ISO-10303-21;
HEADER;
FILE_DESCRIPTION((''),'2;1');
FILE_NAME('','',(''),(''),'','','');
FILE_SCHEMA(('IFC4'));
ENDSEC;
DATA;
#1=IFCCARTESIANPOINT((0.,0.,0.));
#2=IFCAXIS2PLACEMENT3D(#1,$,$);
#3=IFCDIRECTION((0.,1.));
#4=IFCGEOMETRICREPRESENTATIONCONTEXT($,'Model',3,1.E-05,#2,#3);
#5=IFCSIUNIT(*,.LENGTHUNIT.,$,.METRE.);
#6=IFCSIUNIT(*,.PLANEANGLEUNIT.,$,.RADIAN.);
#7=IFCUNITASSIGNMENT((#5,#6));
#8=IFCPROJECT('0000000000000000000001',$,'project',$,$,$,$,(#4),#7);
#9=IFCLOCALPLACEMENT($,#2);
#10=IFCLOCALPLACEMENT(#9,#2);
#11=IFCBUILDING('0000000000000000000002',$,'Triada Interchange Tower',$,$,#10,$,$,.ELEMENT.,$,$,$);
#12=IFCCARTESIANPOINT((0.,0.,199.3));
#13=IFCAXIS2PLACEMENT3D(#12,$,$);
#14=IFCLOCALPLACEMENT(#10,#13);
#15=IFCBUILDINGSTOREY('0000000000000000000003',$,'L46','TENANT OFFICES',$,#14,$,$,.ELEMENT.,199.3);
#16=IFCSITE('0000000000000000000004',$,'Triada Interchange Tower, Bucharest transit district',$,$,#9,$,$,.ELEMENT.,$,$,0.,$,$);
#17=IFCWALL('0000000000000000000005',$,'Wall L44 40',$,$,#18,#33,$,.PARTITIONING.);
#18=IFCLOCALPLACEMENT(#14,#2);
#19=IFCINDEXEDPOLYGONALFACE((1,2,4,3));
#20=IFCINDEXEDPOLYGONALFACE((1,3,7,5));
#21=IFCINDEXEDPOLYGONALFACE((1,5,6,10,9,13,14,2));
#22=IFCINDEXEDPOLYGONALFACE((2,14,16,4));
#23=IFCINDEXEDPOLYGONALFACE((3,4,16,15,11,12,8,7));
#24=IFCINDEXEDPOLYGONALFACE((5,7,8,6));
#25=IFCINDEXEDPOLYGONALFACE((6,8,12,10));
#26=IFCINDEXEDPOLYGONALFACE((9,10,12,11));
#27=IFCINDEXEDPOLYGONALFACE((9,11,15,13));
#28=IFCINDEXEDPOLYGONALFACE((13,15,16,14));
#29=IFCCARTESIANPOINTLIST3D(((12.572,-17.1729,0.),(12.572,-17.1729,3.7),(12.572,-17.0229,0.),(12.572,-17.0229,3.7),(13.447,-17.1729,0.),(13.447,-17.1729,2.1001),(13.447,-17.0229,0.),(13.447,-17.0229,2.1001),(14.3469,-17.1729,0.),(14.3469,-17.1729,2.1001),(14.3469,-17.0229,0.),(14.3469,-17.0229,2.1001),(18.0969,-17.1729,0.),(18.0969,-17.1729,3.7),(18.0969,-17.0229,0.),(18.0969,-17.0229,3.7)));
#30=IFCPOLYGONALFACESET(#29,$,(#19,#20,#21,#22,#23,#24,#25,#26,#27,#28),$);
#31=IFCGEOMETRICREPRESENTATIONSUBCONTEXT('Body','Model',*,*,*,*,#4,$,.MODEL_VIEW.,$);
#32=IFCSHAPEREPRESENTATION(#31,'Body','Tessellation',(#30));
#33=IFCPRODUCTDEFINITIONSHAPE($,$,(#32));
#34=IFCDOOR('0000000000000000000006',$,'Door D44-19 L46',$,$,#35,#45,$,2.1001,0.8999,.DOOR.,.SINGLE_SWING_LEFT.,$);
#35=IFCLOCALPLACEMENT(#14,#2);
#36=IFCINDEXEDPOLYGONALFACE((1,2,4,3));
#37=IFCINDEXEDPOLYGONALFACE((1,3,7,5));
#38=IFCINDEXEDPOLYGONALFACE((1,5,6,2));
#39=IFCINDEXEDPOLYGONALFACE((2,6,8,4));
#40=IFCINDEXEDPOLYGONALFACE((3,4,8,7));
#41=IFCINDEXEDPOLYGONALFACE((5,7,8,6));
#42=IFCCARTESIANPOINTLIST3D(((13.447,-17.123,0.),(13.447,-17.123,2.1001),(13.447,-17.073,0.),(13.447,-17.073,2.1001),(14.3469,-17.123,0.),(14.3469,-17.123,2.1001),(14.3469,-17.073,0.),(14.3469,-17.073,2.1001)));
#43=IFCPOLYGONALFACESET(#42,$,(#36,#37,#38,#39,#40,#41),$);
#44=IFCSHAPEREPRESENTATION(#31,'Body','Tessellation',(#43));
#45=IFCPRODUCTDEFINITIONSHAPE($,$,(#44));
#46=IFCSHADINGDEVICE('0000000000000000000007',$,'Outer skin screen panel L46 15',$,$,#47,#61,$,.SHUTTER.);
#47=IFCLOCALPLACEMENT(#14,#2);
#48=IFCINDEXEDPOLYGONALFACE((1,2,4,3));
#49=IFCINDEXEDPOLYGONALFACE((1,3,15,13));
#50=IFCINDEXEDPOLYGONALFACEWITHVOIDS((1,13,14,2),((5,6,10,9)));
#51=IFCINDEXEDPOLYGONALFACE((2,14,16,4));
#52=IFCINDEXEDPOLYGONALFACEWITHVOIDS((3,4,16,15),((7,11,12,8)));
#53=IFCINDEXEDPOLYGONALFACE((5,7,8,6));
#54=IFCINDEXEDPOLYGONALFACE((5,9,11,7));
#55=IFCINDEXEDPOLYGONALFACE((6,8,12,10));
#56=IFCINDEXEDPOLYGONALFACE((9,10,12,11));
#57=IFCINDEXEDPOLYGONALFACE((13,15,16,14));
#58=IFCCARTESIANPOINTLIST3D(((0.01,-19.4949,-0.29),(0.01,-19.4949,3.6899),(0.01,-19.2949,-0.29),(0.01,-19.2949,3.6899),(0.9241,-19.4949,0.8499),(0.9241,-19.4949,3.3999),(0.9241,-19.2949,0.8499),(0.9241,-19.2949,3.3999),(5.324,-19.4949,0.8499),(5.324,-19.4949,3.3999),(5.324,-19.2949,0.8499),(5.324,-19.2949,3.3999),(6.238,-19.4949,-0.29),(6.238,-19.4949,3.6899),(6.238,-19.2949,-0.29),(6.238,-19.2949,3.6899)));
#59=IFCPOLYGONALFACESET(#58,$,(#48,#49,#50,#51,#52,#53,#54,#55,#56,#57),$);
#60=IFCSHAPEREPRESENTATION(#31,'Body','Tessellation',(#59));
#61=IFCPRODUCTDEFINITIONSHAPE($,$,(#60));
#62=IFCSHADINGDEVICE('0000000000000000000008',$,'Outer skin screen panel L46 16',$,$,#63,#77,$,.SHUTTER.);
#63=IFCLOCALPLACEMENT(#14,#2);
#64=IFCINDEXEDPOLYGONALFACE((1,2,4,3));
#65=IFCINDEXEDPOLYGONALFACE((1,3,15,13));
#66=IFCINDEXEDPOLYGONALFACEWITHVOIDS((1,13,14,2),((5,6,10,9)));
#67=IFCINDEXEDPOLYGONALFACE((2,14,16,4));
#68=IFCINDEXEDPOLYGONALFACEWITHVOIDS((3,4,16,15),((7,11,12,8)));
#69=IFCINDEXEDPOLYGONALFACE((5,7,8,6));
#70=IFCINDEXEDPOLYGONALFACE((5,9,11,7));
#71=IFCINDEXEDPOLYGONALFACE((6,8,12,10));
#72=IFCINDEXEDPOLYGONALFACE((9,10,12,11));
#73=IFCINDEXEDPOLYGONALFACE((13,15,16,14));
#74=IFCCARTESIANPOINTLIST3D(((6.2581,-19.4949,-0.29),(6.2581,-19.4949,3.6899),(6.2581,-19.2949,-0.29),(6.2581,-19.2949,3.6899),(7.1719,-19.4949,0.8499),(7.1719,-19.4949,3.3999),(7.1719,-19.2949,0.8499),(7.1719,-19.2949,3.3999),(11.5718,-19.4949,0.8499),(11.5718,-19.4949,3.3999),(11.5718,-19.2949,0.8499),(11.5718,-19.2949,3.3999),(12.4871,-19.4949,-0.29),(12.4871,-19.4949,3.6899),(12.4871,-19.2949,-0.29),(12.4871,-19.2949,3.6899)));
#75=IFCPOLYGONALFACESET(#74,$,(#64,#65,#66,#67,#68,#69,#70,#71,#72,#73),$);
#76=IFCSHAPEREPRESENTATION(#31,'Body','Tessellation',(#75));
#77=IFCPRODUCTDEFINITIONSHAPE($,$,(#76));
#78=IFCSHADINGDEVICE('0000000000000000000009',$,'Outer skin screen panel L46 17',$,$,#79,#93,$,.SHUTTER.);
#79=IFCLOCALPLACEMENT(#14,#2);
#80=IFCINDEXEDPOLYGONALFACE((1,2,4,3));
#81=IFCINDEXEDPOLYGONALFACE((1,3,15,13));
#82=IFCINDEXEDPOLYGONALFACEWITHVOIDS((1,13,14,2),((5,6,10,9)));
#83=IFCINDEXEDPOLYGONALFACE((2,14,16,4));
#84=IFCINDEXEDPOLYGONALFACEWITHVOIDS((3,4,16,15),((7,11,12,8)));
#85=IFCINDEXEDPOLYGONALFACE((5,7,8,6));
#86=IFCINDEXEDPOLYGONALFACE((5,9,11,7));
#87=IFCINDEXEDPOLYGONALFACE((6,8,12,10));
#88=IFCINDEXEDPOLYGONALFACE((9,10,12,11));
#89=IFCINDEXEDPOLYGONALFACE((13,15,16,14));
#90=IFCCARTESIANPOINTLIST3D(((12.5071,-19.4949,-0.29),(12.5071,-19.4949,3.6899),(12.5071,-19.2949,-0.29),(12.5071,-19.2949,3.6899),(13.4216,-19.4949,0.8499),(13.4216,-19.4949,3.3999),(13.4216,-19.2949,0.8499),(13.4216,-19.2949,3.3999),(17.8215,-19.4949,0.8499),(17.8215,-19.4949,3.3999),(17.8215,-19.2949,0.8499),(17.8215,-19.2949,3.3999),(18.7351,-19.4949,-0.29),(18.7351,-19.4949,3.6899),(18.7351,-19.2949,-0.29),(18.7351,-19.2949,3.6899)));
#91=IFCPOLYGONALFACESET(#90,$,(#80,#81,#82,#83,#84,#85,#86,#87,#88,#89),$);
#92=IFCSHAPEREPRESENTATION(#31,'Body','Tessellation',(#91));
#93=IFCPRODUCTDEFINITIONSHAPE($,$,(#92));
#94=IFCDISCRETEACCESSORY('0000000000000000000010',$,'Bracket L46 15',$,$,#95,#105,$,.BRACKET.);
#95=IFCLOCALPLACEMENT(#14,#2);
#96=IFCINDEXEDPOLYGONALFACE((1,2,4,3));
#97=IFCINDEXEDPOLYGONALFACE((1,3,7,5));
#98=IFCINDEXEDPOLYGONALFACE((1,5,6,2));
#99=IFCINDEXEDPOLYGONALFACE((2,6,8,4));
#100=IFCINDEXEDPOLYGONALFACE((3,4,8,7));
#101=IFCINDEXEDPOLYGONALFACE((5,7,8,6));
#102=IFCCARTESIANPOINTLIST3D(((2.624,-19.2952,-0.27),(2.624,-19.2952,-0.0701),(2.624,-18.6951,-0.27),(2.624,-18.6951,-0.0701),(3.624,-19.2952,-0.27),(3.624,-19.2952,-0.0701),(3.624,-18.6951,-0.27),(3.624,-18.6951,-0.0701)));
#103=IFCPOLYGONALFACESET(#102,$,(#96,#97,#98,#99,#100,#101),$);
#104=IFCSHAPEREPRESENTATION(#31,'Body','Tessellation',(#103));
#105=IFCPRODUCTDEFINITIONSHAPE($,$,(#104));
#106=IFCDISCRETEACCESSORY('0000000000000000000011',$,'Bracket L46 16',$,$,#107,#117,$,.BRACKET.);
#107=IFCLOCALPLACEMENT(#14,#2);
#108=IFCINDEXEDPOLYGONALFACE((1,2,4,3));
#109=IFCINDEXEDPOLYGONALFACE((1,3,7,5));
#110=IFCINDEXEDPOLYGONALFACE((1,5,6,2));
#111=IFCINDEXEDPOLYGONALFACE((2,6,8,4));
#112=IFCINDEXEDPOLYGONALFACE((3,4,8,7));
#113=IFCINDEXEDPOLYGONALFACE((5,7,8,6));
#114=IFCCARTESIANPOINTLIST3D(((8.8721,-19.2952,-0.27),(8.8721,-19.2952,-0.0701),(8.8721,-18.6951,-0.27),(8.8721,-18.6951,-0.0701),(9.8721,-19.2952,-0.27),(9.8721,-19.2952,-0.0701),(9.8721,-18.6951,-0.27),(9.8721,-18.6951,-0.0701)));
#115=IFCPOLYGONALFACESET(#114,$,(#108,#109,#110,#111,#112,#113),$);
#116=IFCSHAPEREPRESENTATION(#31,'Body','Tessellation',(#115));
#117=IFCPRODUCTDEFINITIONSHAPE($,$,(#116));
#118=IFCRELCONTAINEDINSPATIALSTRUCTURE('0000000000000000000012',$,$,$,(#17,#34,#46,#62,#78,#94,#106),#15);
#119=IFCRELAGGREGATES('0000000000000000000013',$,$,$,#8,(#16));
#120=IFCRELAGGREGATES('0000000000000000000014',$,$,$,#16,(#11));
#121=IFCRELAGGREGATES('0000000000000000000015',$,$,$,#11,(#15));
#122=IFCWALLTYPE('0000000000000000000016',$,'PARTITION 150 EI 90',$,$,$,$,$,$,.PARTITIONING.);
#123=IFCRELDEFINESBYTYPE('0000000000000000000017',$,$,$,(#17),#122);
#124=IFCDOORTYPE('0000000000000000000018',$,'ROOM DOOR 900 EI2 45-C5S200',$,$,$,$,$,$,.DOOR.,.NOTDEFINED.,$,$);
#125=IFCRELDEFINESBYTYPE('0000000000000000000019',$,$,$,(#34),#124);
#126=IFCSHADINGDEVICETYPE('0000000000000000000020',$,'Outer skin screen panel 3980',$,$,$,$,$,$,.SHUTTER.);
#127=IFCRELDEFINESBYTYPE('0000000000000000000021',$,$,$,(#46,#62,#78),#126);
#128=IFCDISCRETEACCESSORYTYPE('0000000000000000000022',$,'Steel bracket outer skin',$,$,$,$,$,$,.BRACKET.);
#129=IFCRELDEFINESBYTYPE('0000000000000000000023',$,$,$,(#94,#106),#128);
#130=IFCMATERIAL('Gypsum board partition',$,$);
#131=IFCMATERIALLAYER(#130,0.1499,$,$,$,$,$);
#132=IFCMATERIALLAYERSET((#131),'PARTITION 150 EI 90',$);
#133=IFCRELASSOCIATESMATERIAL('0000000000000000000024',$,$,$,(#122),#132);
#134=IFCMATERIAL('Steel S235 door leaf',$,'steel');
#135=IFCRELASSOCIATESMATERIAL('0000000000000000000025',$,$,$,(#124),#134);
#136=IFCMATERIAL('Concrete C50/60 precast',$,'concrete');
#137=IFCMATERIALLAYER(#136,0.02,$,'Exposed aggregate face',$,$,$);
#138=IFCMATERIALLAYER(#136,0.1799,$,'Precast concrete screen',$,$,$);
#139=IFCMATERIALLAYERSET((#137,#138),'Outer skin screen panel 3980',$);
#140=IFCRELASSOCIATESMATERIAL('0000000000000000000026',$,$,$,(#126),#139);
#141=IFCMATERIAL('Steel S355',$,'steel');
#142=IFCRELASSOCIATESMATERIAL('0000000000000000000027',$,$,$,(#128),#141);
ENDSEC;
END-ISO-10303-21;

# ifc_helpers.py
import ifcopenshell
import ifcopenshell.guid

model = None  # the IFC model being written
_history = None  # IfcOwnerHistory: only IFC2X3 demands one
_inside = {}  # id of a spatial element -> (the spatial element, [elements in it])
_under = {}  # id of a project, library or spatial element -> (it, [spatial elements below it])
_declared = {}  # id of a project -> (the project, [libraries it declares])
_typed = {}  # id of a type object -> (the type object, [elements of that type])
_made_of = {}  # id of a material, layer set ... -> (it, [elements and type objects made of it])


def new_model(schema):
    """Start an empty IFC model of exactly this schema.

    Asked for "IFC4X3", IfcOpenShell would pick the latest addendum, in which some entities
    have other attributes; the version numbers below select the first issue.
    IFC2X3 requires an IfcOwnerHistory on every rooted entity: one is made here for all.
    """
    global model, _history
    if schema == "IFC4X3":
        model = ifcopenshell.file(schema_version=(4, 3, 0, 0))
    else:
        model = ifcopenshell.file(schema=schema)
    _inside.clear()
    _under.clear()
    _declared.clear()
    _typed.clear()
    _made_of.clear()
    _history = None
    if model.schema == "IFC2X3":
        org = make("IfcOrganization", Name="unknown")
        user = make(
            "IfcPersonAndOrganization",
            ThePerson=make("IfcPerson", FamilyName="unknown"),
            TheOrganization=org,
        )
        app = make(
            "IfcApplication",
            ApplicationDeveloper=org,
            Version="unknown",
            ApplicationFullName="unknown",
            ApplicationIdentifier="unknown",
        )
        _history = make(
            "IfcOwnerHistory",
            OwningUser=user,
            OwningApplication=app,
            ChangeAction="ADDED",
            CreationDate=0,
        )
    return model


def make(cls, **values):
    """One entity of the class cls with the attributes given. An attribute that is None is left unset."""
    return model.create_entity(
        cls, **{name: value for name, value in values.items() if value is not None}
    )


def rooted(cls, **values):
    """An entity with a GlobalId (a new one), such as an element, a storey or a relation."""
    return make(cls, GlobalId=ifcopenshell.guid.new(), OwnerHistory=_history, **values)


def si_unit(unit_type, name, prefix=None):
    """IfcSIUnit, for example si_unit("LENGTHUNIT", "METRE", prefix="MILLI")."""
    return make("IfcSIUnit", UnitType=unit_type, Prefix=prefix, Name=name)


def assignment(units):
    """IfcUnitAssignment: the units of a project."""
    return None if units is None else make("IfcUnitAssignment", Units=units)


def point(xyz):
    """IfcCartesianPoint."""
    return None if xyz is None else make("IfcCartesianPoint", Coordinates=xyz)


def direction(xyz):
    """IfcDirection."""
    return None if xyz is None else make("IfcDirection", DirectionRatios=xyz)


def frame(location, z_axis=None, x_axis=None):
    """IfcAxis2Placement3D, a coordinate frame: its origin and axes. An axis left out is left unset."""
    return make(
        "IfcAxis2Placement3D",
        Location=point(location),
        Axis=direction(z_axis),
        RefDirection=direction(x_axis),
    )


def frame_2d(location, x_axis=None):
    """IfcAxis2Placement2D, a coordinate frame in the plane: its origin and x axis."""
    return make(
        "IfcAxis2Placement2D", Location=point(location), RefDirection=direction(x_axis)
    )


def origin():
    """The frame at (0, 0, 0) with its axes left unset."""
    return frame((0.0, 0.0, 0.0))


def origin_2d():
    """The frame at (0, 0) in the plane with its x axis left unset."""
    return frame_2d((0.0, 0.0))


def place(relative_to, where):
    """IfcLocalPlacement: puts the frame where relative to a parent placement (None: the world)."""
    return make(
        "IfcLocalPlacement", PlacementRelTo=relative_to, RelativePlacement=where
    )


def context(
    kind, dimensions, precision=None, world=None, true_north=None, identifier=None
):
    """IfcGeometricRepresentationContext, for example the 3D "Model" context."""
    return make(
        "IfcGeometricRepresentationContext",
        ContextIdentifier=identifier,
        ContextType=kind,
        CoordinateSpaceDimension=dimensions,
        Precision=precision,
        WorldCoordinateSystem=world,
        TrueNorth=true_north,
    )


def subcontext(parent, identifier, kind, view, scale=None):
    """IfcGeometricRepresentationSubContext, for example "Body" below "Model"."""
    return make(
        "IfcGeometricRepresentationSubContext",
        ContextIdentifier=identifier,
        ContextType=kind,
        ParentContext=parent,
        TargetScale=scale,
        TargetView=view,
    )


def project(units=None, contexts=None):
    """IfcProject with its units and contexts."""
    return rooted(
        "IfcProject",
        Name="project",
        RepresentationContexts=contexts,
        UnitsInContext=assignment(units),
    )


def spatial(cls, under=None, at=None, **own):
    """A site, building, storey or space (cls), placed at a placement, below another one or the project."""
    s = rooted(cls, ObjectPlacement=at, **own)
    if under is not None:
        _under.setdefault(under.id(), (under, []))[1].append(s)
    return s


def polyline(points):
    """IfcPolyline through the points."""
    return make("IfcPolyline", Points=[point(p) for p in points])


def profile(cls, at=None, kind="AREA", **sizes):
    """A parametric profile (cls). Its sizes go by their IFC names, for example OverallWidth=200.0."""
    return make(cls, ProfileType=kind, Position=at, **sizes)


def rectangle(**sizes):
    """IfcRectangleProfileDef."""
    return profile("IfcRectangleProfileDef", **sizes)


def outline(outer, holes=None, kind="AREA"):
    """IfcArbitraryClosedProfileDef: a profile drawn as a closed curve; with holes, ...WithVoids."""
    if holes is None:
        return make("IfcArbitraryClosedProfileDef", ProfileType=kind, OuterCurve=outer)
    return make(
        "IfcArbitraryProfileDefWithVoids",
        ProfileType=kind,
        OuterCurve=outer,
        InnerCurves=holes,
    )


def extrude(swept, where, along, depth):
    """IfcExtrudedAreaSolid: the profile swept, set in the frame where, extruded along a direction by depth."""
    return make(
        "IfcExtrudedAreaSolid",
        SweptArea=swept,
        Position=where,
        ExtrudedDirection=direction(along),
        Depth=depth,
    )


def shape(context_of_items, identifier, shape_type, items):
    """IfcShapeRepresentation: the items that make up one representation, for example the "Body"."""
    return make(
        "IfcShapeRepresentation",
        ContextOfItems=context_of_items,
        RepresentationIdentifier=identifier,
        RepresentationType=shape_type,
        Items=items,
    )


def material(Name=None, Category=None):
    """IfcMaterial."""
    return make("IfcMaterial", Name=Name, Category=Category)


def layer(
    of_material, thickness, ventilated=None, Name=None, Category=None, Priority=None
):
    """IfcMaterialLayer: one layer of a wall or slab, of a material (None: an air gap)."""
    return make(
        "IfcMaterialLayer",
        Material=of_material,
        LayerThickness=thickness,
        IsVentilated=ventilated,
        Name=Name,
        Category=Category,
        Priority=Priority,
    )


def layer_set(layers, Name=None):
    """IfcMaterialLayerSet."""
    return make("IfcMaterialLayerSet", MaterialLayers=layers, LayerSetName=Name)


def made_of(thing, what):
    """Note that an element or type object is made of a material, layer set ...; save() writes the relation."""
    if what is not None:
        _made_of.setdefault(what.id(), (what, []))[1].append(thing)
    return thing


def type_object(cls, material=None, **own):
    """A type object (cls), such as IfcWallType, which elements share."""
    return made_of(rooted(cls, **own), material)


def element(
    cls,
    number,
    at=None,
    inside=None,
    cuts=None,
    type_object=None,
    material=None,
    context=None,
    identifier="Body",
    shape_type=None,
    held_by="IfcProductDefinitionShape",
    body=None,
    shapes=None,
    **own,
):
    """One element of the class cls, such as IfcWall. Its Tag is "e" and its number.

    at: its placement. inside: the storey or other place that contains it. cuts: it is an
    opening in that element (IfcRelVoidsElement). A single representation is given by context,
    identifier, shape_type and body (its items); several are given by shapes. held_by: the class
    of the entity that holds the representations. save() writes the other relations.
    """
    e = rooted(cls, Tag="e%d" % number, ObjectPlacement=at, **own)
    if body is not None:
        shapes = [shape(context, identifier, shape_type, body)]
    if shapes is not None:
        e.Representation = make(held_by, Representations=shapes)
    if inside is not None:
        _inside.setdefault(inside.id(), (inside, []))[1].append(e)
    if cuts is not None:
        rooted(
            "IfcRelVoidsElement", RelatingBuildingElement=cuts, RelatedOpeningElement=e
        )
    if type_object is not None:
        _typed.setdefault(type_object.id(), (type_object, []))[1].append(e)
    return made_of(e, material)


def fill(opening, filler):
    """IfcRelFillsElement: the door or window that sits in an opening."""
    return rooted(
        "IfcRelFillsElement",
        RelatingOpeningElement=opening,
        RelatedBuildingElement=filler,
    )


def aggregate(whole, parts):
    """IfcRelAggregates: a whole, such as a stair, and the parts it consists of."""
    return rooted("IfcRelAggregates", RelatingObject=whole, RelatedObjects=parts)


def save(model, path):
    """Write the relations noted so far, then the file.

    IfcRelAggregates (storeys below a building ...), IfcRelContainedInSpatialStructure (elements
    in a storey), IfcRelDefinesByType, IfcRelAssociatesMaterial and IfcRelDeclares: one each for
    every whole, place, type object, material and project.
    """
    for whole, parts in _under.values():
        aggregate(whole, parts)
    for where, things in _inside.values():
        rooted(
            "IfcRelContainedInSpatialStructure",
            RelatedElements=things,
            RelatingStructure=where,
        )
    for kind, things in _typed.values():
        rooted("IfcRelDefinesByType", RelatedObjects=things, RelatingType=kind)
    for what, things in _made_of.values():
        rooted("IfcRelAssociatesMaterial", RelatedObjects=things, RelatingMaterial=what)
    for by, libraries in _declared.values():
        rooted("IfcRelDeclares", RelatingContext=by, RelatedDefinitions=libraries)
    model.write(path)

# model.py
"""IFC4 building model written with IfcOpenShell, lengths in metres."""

from ifc_helpers import new_model, si_unit, direction, frame, frame_2d, origin, origin_2d, place, context, subcontext, project, spatial, polyline, rectangle, outline, extrude, material, layer, layer_set, type_object, element, fill, save


model = new_model("IFC4")

# Units and contexts
model_context = context("Model", 3, precision=1e-05, world=origin(), true_north=direction((0.0, 1.0)))
body_context = subcontext(model_context, "Body", "Model", "MODEL_VIEW")
ifc_project = project(units=[si_unit("LENGTHUNIT", "METRE"), si_unit("PLANEANGLEUNIT", "RADIAN")], contexts=[model_context])

# Site, building, storey
site_placement = place(None, origin())
site = spatial("IfcSite", under=ifc_project, at=site_placement, Name="Triada Interchange Tower, Bucharest transit district", CompositionType="ELEMENT", RefElevation=0.0)
building_placement = place(site_placement, origin())
building = spatial("IfcBuilding", under=site, at=building_placement, Name="Triada Interchange Tower", CompositionType="ELEMENT")
storey_placement = place(building_placement, frame((0.0, 0.0, 199.3)))
storey = spatial("IfcBuildingStorey", under=building, at=storey_placement, Name="L46", Description="TENANT OFFICES", CompositionType="ELEMENT", Elevation=199.3)

# Shared definitions
ifc_material_1 = material(Name="Gypsum board partition")

# Wall, opening, door
ifc_layer_1 = layer(ifc_material_1, 0.1499)
ifc_layer_set_1 = layer_set([ifc_layer_1], Name="PARTITION 150 EI 90")
wall_type_1 = type_object("IfcWallType", Name="PARTITION 150 EI 90", PredefinedType="PARTITIONING", material=ifc_layer_set_1)
ifc_material_2 = material(Name="Steel S235 door leaf", Category="steel")
wall_1_placement = place(storey_placement, frame((12.572, -17.0979, 0.0), z_axis=(0.0, 0.0, 1.0), x_axis=(1.0, 0.0, 0.0)))
wall_1 = element("IfcWall", 1, at=wall_1_placement, inside=storey, type_object=wall_type_1, Name="Wall L44 40", PredefinedType="PARTITIONING", context=body_context, shape_type="SweptSolid", body=[
    extrude(rectangle(XDim=5.5249, YDim=0.1499, at=frame_2d((2.7625, 0.0))), origin(), (0.0, 0.0, 1.0), 3.7),
])
opening_1_placement = place(wall_1_placement, frame((0.875, 0.0, 0.0)))
opening_1 = element("IfcOpeningElement", 2, at=opening_1_placement, cuts=wall_1, PredefinedType="OPENING", context=body_context, shape_type="SweptSolid", body=[
    extrude(rectangle(XDim=0.8999, YDim=2.1001, at=frame_2d((0.45, 1.05))), frame((0.0, 0.085, 0.0), z_axis=(0.0, -1.0, 0.0), x_axis=(1.0, 0.0, 0.0)), (0.0, 0.0, 1.0), 0.1699),
])
door_type_1 = type_object("IfcDoorType", Name="ROOM DOOR 900 EI2 45-C5S200", OperationType="NOTDEFINED", PredefinedType="DOOR", material=ifc_material_2)
door_1_placement = place(opening_1_placement, origin())
door_1 = element("IfcDoor", 3, at=door_1_placement, inside=storey, type_object=door_type_1, Name="Door D44-19 L46", OperationType="SINGLE_SWING_LEFT", OverallHeight=2.1001, OverallWidth=0.8999, PredefinedType="DOOR", context=body_context, shape_type="SweptSolid", body=[
    extrude(rectangle(XDim=0.8999, YDim=2.1001, at=frame_2d((0.45, 1.05))), frame((0.0, 0.0249, 0.0), z_axis=(0.0, -1.0, 0.0), x_axis=(1.0, 0.0, 0.0)), (0.0, 0.0, 1.0), 0.05),
])
fill(opening_1, door_1)

# Shading devices
ifc_material_3 = material(Name="Concrete C50/60 precast", Category="concrete")
ifc_layer_2 = layer(ifc_material_3, 0.02, Name="Exposed aggregate face")
ifc_layer_3 = layer(ifc_material_3, 0.1799, Name="Precast concrete screen")
ifc_layer_set_2 = layer_set([ifc_layer_2, ifc_layer_3], Name="Outer skin screen panel 3980")
shading_device_type = type_object("IfcShadingDeviceType", Name="Outer skin screen panel 3980", PredefinedType="SHUTTER", material=ifc_layer_set_2)
shading_device_1_placement = place(storey_placement, frame((0.01, -19.2949, -0.29), z_axis=(0.0, 0.0, 1.0), x_axis=(1.0, 0.0, 0.0)))
element("IfcShadingDevice", 4, at=shading_device_1_placement, inside=storey, type_object=shading_device_type, Name="Outer skin screen panel L46 15", PredefinedType="SHUTTER", context=body_context, shape_type="SweptSolid", body=[
    extrude(outline(polyline([(0.0, 0.0), (6.228, 0.0), (6.228, 3.98), (0.0, 3.98), (0.0, 0.0)]), holes=[polyline([(0.9141, 1.1399), (0.9141, 3.6899), (5.314, 3.6899), (5.314, 1.1399), (0.9141, 1.1399)])]), frame((0.0, 0.0, 0.0), z_axis=(0.0, -1.0, 0.0), x_axis=(1.0, 0.0, 0.0)), (0.0, 0.0, 1.0), 0.2),
])
shading_device_2_placement = place(storey_placement, frame((6.2581, -19.2949, -0.29), z_axis=(0.0, 0.0, 1.0), x_axis=(1.0, 0.0, 0.0)))
element("IfcShadingDevice", 5, at=shading_device_2_placement, inside=storey, type_object=shading_device_type, Name="Outer skin screen panel L46 16", PredefinedType="SHUTTER", context=body_context, shape_type="SweptSolid", body=[
    extrude(outline(polyline([(0.0, 0.0), (6.229, 0.0), (6.229, 3.98), (0.0, 3.98), (0.0, 0.0)]), holes=[polyline([(0.9138, 1.1399), (0.9138, 3.6899), (5.3137, 3.6899), (5.3137, 1.1399), (0.9138, 1.1399)])]), frame((0.0, 0.0, 0.0), z_axis=(0.0, -1.0, 0.0), x_axis=(1.0, 0.0, 0.0)), (0.0, 0.0, 1.0), 0.2),
])
shading_device_3_placement = place(storey_placement, frame((12.5071, -19.2949, -0.29), z_axis=(0.0, 0.0, 1.0), x_axis=(1.0, 0.0, 0.0)))
element("IfcShadingDevice", 6, at=shading_device_3_placement, inside=storey, type_object=shading_device_type, Name="Outer skin screen panel L46 17", PredefinedType="SHUTTER", context=body_context, shape_type="SweptSolid", body=[
    extrude(outline(polyline([(0.0, 0.0), (6.228, 0.0), (6.228, 3.98), (0.0, 3.98), (0.0, 0.0)]), holes=[polyline([(0.9146, 1.1399), (0.9146, 3.6899), (5.3145, 3.6899), (5.3145, 1.1399), (0.9146, 1.1399)])]), frame((0.0, 0.0, 0.0), z_axis=(0.0, -1.0, 0.0), x_axis=(1.0, 0.0, 0.0)), (0.0, 0.0, 1.0), 0.2),
])

# Discrete accessories
ifc_material_4 = material(Name="Steel S355", Category="steel")
discrete_accessory_type = type_object("IfcDiscreteAccessoryType", Name="Steel bracket outer skin", PredefinedType="BRACKET", material=ifc_material_4)
for number, where, z_axis, x_axis, name in (
    (7, (3.124, -18.9951, -0.27), (0.0, 0.0, 1.0), (0.0, -1.0, 0.0), "Bracket L46 15"),
    (8, (9.3721, -18.9951, -0.27), (0.0, 0.0, 1.0), (0.0, -1.0, 0.0), "Bracket L46 16"),
):
    element("IfcDiscreteAccessory", number, at=place(storey_placement, frame(where, z_axis=z_axis, x_axis=x_axis)), inside=storey, type_object=discrete_accessory_type, Name=name, PredefinedType="BRACKET", context=body_context, shape_type="SweptSolid", body=[
        extrude(rectangle(XDim=0.6001, YDim=1.0, at=origin_2d()), origin(), (0.0, 0.0, 1.0), 0.2),
    ])

save(model, "model.ifc")
